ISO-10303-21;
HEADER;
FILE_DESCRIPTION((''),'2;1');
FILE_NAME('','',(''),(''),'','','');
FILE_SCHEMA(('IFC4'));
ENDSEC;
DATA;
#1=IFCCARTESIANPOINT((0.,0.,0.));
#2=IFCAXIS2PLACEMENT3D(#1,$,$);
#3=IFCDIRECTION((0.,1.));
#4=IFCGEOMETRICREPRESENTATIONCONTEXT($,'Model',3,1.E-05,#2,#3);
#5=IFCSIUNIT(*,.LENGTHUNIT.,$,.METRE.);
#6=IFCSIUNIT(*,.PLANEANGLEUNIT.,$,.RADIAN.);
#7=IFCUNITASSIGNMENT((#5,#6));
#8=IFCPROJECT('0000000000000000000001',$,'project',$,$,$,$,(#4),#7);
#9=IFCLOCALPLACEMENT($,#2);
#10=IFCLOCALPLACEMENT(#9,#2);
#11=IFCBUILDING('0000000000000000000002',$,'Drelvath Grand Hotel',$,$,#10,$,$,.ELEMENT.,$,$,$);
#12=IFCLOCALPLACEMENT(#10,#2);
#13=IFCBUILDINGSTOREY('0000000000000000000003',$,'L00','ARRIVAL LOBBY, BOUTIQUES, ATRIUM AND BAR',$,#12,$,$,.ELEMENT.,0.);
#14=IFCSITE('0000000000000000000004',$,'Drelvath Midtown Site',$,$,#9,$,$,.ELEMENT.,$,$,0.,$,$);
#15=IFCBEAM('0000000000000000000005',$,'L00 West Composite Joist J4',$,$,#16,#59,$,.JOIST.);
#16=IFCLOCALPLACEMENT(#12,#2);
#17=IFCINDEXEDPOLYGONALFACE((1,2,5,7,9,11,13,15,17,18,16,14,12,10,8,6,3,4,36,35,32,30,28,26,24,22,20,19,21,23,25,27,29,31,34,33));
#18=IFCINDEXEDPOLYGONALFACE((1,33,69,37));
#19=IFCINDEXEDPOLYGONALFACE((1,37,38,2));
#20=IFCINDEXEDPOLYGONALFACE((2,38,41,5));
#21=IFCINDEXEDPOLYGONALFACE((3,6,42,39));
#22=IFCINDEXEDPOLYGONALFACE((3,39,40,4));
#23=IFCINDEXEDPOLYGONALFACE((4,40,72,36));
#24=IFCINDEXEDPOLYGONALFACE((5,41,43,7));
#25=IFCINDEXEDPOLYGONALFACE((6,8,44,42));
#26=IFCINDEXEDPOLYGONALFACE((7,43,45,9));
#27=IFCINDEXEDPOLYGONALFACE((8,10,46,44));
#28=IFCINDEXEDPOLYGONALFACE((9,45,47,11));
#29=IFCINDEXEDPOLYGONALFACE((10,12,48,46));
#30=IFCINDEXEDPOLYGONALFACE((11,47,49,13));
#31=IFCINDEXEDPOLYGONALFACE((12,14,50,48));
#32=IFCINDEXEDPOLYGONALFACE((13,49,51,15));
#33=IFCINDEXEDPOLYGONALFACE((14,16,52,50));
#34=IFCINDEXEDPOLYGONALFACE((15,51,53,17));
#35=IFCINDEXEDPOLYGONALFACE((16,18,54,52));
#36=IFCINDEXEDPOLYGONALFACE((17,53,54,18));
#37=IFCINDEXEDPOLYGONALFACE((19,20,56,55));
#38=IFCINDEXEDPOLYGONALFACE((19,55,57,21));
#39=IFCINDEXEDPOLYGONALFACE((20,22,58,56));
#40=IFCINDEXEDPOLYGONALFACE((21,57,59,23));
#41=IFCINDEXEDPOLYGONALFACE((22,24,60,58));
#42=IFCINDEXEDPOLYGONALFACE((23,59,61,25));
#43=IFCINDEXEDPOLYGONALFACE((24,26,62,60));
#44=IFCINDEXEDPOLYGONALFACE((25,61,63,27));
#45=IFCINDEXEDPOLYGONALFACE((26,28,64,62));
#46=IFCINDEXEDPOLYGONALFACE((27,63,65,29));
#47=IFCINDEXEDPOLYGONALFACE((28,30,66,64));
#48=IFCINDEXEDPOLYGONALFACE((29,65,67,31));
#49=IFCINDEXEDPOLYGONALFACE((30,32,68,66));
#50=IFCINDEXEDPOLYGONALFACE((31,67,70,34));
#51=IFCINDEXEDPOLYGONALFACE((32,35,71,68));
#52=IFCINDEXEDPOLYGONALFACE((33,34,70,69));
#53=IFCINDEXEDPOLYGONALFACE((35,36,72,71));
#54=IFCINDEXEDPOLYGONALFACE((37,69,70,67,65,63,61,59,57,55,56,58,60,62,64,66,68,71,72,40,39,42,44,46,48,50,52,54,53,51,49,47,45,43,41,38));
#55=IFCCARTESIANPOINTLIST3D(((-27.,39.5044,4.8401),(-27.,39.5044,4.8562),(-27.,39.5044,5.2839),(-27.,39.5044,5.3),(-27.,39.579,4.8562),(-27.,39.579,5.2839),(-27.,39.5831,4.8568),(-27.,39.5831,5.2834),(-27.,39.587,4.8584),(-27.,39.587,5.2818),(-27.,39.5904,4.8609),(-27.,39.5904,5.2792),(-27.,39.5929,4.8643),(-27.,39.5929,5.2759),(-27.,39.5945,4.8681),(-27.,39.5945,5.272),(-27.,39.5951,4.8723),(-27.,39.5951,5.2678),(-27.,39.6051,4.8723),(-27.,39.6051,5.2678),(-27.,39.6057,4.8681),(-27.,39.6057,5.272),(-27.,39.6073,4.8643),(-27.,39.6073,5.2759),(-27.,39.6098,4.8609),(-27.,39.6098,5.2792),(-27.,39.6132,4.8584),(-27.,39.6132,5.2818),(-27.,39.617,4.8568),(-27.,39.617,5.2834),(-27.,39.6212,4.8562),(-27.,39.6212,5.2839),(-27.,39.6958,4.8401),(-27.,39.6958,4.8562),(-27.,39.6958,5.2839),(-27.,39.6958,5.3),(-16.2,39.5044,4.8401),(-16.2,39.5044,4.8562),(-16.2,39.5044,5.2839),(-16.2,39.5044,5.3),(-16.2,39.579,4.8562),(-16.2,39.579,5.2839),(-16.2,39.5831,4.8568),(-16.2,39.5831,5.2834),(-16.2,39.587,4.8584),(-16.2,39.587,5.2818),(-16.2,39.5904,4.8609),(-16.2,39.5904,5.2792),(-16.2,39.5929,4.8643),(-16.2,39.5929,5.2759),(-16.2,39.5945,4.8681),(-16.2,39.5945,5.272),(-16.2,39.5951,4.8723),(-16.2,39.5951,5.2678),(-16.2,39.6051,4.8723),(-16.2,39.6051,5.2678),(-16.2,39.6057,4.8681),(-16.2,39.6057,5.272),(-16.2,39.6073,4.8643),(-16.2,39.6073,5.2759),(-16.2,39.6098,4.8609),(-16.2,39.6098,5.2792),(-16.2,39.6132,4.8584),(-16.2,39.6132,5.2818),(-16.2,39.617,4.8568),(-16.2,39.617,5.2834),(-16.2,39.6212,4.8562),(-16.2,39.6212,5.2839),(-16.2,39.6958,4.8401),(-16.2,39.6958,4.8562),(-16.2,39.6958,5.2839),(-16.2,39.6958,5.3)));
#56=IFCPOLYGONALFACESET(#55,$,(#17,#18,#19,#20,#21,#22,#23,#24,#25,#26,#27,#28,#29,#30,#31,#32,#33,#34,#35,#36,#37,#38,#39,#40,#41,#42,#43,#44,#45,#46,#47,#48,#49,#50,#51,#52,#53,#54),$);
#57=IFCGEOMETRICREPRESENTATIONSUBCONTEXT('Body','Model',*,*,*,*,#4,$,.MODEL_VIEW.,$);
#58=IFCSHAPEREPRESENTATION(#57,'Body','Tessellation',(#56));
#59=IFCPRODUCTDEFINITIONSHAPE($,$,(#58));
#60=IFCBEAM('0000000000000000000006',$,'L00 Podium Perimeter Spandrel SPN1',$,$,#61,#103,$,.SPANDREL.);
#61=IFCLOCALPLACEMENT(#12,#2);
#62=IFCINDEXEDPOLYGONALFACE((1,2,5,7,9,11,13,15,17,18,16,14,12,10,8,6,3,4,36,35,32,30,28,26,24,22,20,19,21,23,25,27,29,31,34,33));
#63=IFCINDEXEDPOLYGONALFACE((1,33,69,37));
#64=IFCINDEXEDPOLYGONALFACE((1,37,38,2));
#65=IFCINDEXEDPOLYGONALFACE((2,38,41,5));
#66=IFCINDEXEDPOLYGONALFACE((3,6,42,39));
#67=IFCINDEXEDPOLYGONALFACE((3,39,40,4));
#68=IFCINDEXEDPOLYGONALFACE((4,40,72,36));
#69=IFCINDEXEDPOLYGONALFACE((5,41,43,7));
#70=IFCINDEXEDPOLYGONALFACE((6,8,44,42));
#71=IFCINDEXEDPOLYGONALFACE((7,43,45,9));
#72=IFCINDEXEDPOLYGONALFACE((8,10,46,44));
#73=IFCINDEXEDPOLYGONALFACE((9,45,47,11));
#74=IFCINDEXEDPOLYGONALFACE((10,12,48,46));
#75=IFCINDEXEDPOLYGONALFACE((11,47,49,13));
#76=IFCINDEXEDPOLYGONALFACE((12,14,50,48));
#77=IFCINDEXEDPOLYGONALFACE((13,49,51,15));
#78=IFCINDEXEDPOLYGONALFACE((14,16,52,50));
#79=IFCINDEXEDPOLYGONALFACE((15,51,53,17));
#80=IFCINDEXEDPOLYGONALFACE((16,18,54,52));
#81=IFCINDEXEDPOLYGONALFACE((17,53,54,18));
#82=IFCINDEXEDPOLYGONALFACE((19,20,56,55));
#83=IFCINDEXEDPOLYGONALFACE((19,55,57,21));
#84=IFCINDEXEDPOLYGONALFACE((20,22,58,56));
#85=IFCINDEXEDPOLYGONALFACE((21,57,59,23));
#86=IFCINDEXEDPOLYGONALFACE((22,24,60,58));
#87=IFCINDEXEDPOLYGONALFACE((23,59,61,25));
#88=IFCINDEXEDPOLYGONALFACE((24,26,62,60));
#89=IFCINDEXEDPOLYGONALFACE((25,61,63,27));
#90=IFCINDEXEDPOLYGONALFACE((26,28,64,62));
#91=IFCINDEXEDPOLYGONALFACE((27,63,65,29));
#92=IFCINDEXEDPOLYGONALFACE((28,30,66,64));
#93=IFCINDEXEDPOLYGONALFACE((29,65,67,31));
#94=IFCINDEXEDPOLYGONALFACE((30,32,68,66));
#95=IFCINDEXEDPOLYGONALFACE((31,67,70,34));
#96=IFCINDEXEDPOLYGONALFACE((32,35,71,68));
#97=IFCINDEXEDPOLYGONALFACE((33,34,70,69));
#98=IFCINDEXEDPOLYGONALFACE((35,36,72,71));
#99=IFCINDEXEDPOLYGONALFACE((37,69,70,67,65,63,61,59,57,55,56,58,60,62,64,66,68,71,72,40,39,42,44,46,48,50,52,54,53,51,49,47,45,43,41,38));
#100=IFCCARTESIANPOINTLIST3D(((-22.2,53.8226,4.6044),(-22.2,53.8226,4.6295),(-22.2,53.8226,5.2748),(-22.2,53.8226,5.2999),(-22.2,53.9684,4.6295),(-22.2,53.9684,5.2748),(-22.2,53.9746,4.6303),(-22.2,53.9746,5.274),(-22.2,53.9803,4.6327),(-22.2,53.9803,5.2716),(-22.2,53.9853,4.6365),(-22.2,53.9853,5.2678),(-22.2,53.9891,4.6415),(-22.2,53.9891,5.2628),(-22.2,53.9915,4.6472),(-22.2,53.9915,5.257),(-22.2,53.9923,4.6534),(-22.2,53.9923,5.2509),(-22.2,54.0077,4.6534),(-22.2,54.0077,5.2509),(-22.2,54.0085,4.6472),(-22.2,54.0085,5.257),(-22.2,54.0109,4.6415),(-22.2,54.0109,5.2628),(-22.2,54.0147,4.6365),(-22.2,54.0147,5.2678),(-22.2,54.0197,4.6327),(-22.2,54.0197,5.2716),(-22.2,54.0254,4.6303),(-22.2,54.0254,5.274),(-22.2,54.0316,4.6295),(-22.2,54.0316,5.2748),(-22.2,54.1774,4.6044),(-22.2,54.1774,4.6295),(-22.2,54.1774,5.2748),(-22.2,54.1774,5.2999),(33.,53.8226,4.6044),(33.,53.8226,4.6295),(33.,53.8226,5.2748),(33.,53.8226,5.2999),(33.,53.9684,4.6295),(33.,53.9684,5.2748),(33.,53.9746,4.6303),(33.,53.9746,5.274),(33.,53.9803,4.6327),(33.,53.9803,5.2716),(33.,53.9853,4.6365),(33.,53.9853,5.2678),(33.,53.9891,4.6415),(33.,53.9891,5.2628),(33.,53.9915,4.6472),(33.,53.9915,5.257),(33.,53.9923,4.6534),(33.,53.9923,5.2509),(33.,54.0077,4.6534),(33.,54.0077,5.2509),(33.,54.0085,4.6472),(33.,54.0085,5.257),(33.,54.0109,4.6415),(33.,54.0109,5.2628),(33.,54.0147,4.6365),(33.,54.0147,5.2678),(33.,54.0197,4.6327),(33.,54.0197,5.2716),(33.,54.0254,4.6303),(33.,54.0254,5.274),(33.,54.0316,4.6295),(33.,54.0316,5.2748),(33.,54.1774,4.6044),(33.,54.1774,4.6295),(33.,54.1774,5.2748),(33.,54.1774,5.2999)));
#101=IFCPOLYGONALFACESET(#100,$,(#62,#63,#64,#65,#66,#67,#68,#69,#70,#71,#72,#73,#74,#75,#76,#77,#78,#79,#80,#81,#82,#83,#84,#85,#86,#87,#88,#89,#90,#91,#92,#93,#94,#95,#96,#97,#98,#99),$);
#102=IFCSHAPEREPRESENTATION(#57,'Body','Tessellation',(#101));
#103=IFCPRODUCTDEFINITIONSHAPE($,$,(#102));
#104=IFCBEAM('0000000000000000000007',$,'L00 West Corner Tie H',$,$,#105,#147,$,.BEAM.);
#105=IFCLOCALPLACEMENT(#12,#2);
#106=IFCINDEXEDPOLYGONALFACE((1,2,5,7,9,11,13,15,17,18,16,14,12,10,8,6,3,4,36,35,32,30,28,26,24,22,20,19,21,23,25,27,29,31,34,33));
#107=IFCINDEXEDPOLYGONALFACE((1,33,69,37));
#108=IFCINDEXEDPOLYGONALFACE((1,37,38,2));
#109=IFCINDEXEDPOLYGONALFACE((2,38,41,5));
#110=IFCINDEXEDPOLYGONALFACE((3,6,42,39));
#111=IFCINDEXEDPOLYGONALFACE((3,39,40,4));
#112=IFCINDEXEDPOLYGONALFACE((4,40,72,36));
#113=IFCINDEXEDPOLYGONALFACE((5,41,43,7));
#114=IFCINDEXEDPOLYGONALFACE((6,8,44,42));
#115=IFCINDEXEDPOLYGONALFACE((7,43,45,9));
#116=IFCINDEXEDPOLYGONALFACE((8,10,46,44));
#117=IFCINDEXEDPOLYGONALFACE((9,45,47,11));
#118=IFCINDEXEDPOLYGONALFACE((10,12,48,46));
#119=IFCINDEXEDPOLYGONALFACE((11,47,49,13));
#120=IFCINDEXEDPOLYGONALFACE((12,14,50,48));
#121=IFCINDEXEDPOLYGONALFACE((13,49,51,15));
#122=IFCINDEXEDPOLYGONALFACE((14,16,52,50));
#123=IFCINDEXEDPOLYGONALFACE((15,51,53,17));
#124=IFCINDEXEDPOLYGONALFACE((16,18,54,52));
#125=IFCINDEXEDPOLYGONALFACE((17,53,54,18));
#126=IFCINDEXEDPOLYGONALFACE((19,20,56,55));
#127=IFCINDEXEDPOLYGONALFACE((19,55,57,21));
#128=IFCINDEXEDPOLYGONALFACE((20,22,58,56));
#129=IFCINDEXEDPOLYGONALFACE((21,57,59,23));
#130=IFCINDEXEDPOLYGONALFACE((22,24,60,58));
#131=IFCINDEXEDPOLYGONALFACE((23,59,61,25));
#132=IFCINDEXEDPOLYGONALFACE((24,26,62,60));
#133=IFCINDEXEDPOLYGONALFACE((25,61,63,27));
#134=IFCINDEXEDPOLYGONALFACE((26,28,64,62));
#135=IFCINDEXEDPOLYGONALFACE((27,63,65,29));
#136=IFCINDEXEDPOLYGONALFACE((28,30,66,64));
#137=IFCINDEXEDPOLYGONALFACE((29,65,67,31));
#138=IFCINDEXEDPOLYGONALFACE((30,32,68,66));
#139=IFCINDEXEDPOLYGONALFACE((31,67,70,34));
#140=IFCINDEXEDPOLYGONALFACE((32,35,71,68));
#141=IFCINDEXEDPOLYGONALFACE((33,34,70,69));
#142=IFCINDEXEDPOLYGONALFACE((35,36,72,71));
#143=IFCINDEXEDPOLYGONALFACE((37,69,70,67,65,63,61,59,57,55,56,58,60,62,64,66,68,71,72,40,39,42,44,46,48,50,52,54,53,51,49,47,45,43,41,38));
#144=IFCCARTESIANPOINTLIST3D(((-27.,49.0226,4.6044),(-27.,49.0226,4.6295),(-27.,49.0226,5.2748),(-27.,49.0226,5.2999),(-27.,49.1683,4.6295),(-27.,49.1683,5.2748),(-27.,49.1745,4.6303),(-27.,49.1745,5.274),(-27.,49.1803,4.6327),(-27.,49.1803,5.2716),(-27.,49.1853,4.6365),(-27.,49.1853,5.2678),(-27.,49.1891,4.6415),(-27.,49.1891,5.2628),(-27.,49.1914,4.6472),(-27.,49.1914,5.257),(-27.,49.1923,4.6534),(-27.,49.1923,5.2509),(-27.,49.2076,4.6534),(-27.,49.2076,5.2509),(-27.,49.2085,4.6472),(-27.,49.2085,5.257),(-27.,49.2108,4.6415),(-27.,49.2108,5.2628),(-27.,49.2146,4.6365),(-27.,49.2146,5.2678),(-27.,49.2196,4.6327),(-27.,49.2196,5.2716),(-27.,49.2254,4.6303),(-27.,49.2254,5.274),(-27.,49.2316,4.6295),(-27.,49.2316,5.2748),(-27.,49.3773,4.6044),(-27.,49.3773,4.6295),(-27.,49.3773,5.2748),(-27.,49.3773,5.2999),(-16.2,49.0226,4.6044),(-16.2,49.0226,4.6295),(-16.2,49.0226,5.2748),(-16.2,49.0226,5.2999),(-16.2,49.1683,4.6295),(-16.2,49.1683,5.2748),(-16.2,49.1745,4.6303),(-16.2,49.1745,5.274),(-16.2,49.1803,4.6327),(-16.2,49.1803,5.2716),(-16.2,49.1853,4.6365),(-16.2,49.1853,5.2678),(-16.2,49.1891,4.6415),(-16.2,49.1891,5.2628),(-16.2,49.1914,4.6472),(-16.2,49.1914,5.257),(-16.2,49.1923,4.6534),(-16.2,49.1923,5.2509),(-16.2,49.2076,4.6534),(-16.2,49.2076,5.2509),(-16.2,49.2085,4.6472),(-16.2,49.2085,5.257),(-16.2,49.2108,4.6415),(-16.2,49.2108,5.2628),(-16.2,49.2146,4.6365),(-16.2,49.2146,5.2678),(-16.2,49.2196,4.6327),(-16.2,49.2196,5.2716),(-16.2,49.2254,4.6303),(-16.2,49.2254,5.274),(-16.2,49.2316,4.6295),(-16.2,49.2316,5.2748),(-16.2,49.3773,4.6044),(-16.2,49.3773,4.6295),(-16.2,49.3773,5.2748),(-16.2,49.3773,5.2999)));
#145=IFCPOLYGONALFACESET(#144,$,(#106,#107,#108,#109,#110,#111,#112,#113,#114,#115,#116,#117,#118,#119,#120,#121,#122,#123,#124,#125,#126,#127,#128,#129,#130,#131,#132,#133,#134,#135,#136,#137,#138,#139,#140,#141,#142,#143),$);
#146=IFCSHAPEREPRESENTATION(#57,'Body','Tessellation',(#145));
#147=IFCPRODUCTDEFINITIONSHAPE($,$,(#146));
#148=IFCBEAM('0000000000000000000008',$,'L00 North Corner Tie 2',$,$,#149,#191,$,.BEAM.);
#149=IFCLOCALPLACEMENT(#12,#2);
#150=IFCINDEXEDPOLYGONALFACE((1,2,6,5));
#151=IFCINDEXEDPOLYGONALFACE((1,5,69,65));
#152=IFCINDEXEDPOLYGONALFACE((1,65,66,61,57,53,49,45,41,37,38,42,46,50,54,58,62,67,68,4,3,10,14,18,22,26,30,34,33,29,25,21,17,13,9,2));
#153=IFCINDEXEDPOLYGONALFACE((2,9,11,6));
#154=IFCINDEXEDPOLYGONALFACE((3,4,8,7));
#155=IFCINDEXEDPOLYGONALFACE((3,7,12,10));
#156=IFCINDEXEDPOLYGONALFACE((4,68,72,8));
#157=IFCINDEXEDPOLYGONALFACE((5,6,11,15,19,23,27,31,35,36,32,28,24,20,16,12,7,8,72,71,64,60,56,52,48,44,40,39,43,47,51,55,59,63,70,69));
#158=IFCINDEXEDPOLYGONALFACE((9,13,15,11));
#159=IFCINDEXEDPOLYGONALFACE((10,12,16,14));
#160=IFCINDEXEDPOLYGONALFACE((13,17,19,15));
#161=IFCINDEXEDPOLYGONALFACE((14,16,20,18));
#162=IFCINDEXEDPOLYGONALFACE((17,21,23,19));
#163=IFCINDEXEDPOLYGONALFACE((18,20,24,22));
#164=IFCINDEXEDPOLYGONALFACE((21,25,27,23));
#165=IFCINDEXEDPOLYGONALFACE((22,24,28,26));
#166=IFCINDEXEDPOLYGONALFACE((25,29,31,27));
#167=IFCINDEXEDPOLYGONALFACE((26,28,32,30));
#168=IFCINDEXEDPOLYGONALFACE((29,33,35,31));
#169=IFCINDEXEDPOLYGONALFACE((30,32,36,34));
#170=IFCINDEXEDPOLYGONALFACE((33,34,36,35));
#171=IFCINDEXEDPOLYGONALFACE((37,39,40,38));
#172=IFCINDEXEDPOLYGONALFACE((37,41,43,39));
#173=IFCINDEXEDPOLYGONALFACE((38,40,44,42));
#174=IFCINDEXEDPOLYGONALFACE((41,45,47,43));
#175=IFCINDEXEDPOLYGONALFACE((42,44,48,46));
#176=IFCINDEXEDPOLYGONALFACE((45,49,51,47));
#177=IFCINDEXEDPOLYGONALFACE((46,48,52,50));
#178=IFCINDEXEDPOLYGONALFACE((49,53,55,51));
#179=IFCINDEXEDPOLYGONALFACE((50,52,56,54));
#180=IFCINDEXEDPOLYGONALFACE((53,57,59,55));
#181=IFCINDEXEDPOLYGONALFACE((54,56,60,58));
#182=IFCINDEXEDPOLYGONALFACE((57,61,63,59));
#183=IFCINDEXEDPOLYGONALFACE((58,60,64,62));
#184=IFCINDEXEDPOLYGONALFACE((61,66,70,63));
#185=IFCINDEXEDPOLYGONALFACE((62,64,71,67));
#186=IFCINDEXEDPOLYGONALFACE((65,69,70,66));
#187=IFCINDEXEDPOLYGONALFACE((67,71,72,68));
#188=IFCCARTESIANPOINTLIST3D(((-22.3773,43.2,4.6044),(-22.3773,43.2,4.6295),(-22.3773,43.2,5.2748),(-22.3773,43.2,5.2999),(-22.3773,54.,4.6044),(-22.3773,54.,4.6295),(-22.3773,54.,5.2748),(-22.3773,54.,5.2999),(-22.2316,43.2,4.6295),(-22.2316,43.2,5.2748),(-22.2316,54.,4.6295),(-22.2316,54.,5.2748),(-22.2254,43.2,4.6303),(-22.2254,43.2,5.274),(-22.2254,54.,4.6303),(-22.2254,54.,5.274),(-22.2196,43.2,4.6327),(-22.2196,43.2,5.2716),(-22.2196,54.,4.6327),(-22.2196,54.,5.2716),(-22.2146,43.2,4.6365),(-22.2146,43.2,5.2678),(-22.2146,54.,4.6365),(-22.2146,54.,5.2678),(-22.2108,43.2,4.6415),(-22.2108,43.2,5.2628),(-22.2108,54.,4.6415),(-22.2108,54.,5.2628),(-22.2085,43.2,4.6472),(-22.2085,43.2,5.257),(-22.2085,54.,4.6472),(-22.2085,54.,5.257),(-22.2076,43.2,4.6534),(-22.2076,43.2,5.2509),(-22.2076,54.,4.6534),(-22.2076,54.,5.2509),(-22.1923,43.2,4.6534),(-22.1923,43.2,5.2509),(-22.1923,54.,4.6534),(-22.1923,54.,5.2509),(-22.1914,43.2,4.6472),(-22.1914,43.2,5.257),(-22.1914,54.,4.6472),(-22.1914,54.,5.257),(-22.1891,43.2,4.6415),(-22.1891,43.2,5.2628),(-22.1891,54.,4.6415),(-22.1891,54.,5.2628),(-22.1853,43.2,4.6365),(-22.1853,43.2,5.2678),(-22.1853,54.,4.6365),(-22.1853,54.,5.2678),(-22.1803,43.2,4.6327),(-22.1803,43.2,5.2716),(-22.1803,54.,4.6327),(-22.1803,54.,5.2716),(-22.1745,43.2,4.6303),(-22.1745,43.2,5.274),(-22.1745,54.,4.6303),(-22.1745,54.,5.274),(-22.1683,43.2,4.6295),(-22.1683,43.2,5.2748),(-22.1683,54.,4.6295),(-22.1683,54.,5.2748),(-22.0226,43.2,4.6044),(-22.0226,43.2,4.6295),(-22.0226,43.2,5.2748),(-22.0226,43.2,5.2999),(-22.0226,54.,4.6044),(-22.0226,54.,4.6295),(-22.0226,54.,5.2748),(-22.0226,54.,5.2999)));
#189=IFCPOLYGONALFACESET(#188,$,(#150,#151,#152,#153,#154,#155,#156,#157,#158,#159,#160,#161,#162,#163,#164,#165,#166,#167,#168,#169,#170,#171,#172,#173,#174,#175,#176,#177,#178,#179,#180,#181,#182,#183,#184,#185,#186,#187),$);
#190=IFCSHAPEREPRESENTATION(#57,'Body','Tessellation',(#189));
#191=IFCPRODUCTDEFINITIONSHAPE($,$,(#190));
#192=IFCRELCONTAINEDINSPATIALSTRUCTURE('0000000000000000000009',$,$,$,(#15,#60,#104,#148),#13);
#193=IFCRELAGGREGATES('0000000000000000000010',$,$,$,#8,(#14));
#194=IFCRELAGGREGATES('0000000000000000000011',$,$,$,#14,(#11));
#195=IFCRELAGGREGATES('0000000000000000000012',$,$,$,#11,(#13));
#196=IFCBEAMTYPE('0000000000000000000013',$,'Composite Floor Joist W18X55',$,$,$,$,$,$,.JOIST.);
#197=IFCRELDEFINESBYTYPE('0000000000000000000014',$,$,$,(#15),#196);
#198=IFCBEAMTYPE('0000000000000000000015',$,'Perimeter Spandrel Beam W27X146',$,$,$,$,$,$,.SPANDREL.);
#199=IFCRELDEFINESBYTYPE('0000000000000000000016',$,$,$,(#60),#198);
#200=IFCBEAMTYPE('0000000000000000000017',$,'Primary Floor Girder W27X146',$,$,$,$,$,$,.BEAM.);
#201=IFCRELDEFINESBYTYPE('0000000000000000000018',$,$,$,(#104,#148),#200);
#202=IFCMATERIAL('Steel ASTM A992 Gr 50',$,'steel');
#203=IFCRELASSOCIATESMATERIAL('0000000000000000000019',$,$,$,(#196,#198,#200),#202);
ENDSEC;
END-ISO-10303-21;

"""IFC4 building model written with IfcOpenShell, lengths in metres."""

from ifc_helpers import new_model, si_unit, direction, frame, origin, origin_2d, place, context, subcontext, project, spatial, i_section, extrude, material, material_profile, profile_set, type_object, element, save


model = new_model("IFC4")

# Units and contexts
model_context = context("Model", 3, precision=1e-05, world=origin(), true_north=direction((0.0, 1.0)))
body_context = subcontext(model_context, "Body", "Model", "MODEL_VIEW")
ifc_project = project(units=[si_unit("LENGTHUNIT", "METRE"), si_unit("PLANEANGLEUNIT", "RADIAN")], contexts=[model_context])

# Site, building, storey
site_placement = place(None, origin())
site = spatial("IfcSite", under=ifc_project, at=site_placement, Name="Drelvath Midtown Site", CompositionType="ELEMENT", RefElevation=0.0)
building_placement = place(site_placement, origin())
building = spatial("IfcBuilding", under=site, at=building_placement, Name="Drelvath Grand Hotel", CompositionType="ELEMENT")
storey_placement = place(building_placement, origin())
storey = spatial("IfcBuildingStorey", under=building, at=storey_placement, Name="L00", Description="ARRIVAL LOBBY, BOUTIQUES, ATRIUM AND BAR", CompositionType="ELEMENT", Elevation=0.0)

# Beams
ifc_material_1 = material(Name="Steel ASTM A992 Gr 50", Category="steel")
ifc_material_profile_1 = material_profile(ifc_material_1, i_section(OverallWidth=0.1914, OverallDepth=0.46, WebThickness=0.01, FlangeThickness=0.0161, FilletRadius=0.0161, at=origin_2d()), Name="W18X55")
ifc_profile_set_1 = profile_set([ifc_material_profile_1], Name="Steel ASTM A992 Gr 50")
beam_type_1 = type_object("IfcBeamType", Name="Composite Floor Joist W18X55", PredefinedType="JOIST", material=ifc_profile_set_1)
beam_1_placement = place(storey_placement, frame((-27.0, 39.6001, 5.0701), z_axis=(1.0, 0.0, 0.0), x_axis=(0.0, 1.0, 0.0)))
element("IfcBeam", 1, at=beam_1_placement, inside=storey, type_object=beam_type_1, Name="L00 West Composite Joist J4", PredefinedType="JOIST", context=body_context, shape_type="SweptSolid", body=[
    extrude(i_section(OverallWidth=0.1914, OverallDepth=0.46, WebThickness=0.01, FlangeThickness=0.0161, FilletRadius=0.0161, at=origin_2d()), origin(), (0.0, 0.0, 1.0), 10.8),
])
ifc_material_profile_2 = material_profile(ifc_material_1, i_section(OverallWidth=0.3547, OverallDepth=0.6956, WebThickness=0.0154, FlangeThickness=0.0251, FilletRadius=0.0239, at=origin_2d()), Name="W27X146")
ifc_profile_set_2 = profile_set([ifc_material_profile_2], Name="Steel ASTM A992 Gr 50")
beam_type_2 = type_object("IfcBeamType", Name="Perimeter Spandrel Beam W27X146", PredefinedType="SPANDREL", material=ifc_profile_set_2)
beam_2_placement = place(storey_placement, frame((-22.2, 54.0, 4.9521), z_axis=(1.0, 0.0, 0.0), x_axis=(0.0, 1.0, 0.0)))
element("IfcBeam", 2, at=beam_2_placement, inside=storey, type_object=beam_type_2, Name="L00 Podium Perimeter Spandrel SPN1", PredefinedType="SPANDREL", context=body_context, shape_type="SweptSolid", body=[
    extrude(i_section(OverallWidth=0.3547, OverallDepth=0.6956, WebThickness=0.0154, FlangeThickness=0.0251, FilletRadius=0.0239, at=origin_2d()), origin(), (0.0, 0.0, 1.0), 55.2),
])
ifc_material_profile_3 = material_profile(ifc_material_1, i_section(OverallWidth=0.3547, OverallDepth=0.6956, WebThickness=0.0154, FlangeThickness=0.0251, FilletRadius=0.0239, at=origin_2d()), Name="W27X146")
ifc_profile_set_3 = profile_set([ifc_material_profile_3], Name="Steel ASTM A992 Gr 50")
beam_type_3 = type_object("IfcBeamType", Name="Primary Floor Girder W27X146", PredefinedType="BEAM", material=ifc_profile_set_3)
for number, where, z_axis, x_axis, name in (
    (3, (-27.0, 49.2, 4.9521), (1.0, 0.0, 0.0), (0.0, 1.0, 0.0), "L00 West Corner Tie H"),
    (4, (-22.2, 43.2, 4.9521), (0.0, 1.0, 0.0), (-1.0, 0.0, 0.0), "L00 North Corner Tie 2"),
):
    element("IfcBeam", number, at=place(storey_placement, frame(where, z_axis=z_axis, x_axis=x_axis)), inside=storey, type_object=beam_type_3, Name=name, PredefinedType="BEAM", context=body_context, shape_type="SweptSolid", body=[
        extrude(i_section(OverallWidth=0.3547, OverallDepth=0.6956, WebThickness=0.0154, FlangeThickness=0.0251, FilletRadius=0.0239, at=origin_2d()), origin(), (0.0, 0.0, 1.0), 10.8),
    ])

save(model, "model.ifc")
